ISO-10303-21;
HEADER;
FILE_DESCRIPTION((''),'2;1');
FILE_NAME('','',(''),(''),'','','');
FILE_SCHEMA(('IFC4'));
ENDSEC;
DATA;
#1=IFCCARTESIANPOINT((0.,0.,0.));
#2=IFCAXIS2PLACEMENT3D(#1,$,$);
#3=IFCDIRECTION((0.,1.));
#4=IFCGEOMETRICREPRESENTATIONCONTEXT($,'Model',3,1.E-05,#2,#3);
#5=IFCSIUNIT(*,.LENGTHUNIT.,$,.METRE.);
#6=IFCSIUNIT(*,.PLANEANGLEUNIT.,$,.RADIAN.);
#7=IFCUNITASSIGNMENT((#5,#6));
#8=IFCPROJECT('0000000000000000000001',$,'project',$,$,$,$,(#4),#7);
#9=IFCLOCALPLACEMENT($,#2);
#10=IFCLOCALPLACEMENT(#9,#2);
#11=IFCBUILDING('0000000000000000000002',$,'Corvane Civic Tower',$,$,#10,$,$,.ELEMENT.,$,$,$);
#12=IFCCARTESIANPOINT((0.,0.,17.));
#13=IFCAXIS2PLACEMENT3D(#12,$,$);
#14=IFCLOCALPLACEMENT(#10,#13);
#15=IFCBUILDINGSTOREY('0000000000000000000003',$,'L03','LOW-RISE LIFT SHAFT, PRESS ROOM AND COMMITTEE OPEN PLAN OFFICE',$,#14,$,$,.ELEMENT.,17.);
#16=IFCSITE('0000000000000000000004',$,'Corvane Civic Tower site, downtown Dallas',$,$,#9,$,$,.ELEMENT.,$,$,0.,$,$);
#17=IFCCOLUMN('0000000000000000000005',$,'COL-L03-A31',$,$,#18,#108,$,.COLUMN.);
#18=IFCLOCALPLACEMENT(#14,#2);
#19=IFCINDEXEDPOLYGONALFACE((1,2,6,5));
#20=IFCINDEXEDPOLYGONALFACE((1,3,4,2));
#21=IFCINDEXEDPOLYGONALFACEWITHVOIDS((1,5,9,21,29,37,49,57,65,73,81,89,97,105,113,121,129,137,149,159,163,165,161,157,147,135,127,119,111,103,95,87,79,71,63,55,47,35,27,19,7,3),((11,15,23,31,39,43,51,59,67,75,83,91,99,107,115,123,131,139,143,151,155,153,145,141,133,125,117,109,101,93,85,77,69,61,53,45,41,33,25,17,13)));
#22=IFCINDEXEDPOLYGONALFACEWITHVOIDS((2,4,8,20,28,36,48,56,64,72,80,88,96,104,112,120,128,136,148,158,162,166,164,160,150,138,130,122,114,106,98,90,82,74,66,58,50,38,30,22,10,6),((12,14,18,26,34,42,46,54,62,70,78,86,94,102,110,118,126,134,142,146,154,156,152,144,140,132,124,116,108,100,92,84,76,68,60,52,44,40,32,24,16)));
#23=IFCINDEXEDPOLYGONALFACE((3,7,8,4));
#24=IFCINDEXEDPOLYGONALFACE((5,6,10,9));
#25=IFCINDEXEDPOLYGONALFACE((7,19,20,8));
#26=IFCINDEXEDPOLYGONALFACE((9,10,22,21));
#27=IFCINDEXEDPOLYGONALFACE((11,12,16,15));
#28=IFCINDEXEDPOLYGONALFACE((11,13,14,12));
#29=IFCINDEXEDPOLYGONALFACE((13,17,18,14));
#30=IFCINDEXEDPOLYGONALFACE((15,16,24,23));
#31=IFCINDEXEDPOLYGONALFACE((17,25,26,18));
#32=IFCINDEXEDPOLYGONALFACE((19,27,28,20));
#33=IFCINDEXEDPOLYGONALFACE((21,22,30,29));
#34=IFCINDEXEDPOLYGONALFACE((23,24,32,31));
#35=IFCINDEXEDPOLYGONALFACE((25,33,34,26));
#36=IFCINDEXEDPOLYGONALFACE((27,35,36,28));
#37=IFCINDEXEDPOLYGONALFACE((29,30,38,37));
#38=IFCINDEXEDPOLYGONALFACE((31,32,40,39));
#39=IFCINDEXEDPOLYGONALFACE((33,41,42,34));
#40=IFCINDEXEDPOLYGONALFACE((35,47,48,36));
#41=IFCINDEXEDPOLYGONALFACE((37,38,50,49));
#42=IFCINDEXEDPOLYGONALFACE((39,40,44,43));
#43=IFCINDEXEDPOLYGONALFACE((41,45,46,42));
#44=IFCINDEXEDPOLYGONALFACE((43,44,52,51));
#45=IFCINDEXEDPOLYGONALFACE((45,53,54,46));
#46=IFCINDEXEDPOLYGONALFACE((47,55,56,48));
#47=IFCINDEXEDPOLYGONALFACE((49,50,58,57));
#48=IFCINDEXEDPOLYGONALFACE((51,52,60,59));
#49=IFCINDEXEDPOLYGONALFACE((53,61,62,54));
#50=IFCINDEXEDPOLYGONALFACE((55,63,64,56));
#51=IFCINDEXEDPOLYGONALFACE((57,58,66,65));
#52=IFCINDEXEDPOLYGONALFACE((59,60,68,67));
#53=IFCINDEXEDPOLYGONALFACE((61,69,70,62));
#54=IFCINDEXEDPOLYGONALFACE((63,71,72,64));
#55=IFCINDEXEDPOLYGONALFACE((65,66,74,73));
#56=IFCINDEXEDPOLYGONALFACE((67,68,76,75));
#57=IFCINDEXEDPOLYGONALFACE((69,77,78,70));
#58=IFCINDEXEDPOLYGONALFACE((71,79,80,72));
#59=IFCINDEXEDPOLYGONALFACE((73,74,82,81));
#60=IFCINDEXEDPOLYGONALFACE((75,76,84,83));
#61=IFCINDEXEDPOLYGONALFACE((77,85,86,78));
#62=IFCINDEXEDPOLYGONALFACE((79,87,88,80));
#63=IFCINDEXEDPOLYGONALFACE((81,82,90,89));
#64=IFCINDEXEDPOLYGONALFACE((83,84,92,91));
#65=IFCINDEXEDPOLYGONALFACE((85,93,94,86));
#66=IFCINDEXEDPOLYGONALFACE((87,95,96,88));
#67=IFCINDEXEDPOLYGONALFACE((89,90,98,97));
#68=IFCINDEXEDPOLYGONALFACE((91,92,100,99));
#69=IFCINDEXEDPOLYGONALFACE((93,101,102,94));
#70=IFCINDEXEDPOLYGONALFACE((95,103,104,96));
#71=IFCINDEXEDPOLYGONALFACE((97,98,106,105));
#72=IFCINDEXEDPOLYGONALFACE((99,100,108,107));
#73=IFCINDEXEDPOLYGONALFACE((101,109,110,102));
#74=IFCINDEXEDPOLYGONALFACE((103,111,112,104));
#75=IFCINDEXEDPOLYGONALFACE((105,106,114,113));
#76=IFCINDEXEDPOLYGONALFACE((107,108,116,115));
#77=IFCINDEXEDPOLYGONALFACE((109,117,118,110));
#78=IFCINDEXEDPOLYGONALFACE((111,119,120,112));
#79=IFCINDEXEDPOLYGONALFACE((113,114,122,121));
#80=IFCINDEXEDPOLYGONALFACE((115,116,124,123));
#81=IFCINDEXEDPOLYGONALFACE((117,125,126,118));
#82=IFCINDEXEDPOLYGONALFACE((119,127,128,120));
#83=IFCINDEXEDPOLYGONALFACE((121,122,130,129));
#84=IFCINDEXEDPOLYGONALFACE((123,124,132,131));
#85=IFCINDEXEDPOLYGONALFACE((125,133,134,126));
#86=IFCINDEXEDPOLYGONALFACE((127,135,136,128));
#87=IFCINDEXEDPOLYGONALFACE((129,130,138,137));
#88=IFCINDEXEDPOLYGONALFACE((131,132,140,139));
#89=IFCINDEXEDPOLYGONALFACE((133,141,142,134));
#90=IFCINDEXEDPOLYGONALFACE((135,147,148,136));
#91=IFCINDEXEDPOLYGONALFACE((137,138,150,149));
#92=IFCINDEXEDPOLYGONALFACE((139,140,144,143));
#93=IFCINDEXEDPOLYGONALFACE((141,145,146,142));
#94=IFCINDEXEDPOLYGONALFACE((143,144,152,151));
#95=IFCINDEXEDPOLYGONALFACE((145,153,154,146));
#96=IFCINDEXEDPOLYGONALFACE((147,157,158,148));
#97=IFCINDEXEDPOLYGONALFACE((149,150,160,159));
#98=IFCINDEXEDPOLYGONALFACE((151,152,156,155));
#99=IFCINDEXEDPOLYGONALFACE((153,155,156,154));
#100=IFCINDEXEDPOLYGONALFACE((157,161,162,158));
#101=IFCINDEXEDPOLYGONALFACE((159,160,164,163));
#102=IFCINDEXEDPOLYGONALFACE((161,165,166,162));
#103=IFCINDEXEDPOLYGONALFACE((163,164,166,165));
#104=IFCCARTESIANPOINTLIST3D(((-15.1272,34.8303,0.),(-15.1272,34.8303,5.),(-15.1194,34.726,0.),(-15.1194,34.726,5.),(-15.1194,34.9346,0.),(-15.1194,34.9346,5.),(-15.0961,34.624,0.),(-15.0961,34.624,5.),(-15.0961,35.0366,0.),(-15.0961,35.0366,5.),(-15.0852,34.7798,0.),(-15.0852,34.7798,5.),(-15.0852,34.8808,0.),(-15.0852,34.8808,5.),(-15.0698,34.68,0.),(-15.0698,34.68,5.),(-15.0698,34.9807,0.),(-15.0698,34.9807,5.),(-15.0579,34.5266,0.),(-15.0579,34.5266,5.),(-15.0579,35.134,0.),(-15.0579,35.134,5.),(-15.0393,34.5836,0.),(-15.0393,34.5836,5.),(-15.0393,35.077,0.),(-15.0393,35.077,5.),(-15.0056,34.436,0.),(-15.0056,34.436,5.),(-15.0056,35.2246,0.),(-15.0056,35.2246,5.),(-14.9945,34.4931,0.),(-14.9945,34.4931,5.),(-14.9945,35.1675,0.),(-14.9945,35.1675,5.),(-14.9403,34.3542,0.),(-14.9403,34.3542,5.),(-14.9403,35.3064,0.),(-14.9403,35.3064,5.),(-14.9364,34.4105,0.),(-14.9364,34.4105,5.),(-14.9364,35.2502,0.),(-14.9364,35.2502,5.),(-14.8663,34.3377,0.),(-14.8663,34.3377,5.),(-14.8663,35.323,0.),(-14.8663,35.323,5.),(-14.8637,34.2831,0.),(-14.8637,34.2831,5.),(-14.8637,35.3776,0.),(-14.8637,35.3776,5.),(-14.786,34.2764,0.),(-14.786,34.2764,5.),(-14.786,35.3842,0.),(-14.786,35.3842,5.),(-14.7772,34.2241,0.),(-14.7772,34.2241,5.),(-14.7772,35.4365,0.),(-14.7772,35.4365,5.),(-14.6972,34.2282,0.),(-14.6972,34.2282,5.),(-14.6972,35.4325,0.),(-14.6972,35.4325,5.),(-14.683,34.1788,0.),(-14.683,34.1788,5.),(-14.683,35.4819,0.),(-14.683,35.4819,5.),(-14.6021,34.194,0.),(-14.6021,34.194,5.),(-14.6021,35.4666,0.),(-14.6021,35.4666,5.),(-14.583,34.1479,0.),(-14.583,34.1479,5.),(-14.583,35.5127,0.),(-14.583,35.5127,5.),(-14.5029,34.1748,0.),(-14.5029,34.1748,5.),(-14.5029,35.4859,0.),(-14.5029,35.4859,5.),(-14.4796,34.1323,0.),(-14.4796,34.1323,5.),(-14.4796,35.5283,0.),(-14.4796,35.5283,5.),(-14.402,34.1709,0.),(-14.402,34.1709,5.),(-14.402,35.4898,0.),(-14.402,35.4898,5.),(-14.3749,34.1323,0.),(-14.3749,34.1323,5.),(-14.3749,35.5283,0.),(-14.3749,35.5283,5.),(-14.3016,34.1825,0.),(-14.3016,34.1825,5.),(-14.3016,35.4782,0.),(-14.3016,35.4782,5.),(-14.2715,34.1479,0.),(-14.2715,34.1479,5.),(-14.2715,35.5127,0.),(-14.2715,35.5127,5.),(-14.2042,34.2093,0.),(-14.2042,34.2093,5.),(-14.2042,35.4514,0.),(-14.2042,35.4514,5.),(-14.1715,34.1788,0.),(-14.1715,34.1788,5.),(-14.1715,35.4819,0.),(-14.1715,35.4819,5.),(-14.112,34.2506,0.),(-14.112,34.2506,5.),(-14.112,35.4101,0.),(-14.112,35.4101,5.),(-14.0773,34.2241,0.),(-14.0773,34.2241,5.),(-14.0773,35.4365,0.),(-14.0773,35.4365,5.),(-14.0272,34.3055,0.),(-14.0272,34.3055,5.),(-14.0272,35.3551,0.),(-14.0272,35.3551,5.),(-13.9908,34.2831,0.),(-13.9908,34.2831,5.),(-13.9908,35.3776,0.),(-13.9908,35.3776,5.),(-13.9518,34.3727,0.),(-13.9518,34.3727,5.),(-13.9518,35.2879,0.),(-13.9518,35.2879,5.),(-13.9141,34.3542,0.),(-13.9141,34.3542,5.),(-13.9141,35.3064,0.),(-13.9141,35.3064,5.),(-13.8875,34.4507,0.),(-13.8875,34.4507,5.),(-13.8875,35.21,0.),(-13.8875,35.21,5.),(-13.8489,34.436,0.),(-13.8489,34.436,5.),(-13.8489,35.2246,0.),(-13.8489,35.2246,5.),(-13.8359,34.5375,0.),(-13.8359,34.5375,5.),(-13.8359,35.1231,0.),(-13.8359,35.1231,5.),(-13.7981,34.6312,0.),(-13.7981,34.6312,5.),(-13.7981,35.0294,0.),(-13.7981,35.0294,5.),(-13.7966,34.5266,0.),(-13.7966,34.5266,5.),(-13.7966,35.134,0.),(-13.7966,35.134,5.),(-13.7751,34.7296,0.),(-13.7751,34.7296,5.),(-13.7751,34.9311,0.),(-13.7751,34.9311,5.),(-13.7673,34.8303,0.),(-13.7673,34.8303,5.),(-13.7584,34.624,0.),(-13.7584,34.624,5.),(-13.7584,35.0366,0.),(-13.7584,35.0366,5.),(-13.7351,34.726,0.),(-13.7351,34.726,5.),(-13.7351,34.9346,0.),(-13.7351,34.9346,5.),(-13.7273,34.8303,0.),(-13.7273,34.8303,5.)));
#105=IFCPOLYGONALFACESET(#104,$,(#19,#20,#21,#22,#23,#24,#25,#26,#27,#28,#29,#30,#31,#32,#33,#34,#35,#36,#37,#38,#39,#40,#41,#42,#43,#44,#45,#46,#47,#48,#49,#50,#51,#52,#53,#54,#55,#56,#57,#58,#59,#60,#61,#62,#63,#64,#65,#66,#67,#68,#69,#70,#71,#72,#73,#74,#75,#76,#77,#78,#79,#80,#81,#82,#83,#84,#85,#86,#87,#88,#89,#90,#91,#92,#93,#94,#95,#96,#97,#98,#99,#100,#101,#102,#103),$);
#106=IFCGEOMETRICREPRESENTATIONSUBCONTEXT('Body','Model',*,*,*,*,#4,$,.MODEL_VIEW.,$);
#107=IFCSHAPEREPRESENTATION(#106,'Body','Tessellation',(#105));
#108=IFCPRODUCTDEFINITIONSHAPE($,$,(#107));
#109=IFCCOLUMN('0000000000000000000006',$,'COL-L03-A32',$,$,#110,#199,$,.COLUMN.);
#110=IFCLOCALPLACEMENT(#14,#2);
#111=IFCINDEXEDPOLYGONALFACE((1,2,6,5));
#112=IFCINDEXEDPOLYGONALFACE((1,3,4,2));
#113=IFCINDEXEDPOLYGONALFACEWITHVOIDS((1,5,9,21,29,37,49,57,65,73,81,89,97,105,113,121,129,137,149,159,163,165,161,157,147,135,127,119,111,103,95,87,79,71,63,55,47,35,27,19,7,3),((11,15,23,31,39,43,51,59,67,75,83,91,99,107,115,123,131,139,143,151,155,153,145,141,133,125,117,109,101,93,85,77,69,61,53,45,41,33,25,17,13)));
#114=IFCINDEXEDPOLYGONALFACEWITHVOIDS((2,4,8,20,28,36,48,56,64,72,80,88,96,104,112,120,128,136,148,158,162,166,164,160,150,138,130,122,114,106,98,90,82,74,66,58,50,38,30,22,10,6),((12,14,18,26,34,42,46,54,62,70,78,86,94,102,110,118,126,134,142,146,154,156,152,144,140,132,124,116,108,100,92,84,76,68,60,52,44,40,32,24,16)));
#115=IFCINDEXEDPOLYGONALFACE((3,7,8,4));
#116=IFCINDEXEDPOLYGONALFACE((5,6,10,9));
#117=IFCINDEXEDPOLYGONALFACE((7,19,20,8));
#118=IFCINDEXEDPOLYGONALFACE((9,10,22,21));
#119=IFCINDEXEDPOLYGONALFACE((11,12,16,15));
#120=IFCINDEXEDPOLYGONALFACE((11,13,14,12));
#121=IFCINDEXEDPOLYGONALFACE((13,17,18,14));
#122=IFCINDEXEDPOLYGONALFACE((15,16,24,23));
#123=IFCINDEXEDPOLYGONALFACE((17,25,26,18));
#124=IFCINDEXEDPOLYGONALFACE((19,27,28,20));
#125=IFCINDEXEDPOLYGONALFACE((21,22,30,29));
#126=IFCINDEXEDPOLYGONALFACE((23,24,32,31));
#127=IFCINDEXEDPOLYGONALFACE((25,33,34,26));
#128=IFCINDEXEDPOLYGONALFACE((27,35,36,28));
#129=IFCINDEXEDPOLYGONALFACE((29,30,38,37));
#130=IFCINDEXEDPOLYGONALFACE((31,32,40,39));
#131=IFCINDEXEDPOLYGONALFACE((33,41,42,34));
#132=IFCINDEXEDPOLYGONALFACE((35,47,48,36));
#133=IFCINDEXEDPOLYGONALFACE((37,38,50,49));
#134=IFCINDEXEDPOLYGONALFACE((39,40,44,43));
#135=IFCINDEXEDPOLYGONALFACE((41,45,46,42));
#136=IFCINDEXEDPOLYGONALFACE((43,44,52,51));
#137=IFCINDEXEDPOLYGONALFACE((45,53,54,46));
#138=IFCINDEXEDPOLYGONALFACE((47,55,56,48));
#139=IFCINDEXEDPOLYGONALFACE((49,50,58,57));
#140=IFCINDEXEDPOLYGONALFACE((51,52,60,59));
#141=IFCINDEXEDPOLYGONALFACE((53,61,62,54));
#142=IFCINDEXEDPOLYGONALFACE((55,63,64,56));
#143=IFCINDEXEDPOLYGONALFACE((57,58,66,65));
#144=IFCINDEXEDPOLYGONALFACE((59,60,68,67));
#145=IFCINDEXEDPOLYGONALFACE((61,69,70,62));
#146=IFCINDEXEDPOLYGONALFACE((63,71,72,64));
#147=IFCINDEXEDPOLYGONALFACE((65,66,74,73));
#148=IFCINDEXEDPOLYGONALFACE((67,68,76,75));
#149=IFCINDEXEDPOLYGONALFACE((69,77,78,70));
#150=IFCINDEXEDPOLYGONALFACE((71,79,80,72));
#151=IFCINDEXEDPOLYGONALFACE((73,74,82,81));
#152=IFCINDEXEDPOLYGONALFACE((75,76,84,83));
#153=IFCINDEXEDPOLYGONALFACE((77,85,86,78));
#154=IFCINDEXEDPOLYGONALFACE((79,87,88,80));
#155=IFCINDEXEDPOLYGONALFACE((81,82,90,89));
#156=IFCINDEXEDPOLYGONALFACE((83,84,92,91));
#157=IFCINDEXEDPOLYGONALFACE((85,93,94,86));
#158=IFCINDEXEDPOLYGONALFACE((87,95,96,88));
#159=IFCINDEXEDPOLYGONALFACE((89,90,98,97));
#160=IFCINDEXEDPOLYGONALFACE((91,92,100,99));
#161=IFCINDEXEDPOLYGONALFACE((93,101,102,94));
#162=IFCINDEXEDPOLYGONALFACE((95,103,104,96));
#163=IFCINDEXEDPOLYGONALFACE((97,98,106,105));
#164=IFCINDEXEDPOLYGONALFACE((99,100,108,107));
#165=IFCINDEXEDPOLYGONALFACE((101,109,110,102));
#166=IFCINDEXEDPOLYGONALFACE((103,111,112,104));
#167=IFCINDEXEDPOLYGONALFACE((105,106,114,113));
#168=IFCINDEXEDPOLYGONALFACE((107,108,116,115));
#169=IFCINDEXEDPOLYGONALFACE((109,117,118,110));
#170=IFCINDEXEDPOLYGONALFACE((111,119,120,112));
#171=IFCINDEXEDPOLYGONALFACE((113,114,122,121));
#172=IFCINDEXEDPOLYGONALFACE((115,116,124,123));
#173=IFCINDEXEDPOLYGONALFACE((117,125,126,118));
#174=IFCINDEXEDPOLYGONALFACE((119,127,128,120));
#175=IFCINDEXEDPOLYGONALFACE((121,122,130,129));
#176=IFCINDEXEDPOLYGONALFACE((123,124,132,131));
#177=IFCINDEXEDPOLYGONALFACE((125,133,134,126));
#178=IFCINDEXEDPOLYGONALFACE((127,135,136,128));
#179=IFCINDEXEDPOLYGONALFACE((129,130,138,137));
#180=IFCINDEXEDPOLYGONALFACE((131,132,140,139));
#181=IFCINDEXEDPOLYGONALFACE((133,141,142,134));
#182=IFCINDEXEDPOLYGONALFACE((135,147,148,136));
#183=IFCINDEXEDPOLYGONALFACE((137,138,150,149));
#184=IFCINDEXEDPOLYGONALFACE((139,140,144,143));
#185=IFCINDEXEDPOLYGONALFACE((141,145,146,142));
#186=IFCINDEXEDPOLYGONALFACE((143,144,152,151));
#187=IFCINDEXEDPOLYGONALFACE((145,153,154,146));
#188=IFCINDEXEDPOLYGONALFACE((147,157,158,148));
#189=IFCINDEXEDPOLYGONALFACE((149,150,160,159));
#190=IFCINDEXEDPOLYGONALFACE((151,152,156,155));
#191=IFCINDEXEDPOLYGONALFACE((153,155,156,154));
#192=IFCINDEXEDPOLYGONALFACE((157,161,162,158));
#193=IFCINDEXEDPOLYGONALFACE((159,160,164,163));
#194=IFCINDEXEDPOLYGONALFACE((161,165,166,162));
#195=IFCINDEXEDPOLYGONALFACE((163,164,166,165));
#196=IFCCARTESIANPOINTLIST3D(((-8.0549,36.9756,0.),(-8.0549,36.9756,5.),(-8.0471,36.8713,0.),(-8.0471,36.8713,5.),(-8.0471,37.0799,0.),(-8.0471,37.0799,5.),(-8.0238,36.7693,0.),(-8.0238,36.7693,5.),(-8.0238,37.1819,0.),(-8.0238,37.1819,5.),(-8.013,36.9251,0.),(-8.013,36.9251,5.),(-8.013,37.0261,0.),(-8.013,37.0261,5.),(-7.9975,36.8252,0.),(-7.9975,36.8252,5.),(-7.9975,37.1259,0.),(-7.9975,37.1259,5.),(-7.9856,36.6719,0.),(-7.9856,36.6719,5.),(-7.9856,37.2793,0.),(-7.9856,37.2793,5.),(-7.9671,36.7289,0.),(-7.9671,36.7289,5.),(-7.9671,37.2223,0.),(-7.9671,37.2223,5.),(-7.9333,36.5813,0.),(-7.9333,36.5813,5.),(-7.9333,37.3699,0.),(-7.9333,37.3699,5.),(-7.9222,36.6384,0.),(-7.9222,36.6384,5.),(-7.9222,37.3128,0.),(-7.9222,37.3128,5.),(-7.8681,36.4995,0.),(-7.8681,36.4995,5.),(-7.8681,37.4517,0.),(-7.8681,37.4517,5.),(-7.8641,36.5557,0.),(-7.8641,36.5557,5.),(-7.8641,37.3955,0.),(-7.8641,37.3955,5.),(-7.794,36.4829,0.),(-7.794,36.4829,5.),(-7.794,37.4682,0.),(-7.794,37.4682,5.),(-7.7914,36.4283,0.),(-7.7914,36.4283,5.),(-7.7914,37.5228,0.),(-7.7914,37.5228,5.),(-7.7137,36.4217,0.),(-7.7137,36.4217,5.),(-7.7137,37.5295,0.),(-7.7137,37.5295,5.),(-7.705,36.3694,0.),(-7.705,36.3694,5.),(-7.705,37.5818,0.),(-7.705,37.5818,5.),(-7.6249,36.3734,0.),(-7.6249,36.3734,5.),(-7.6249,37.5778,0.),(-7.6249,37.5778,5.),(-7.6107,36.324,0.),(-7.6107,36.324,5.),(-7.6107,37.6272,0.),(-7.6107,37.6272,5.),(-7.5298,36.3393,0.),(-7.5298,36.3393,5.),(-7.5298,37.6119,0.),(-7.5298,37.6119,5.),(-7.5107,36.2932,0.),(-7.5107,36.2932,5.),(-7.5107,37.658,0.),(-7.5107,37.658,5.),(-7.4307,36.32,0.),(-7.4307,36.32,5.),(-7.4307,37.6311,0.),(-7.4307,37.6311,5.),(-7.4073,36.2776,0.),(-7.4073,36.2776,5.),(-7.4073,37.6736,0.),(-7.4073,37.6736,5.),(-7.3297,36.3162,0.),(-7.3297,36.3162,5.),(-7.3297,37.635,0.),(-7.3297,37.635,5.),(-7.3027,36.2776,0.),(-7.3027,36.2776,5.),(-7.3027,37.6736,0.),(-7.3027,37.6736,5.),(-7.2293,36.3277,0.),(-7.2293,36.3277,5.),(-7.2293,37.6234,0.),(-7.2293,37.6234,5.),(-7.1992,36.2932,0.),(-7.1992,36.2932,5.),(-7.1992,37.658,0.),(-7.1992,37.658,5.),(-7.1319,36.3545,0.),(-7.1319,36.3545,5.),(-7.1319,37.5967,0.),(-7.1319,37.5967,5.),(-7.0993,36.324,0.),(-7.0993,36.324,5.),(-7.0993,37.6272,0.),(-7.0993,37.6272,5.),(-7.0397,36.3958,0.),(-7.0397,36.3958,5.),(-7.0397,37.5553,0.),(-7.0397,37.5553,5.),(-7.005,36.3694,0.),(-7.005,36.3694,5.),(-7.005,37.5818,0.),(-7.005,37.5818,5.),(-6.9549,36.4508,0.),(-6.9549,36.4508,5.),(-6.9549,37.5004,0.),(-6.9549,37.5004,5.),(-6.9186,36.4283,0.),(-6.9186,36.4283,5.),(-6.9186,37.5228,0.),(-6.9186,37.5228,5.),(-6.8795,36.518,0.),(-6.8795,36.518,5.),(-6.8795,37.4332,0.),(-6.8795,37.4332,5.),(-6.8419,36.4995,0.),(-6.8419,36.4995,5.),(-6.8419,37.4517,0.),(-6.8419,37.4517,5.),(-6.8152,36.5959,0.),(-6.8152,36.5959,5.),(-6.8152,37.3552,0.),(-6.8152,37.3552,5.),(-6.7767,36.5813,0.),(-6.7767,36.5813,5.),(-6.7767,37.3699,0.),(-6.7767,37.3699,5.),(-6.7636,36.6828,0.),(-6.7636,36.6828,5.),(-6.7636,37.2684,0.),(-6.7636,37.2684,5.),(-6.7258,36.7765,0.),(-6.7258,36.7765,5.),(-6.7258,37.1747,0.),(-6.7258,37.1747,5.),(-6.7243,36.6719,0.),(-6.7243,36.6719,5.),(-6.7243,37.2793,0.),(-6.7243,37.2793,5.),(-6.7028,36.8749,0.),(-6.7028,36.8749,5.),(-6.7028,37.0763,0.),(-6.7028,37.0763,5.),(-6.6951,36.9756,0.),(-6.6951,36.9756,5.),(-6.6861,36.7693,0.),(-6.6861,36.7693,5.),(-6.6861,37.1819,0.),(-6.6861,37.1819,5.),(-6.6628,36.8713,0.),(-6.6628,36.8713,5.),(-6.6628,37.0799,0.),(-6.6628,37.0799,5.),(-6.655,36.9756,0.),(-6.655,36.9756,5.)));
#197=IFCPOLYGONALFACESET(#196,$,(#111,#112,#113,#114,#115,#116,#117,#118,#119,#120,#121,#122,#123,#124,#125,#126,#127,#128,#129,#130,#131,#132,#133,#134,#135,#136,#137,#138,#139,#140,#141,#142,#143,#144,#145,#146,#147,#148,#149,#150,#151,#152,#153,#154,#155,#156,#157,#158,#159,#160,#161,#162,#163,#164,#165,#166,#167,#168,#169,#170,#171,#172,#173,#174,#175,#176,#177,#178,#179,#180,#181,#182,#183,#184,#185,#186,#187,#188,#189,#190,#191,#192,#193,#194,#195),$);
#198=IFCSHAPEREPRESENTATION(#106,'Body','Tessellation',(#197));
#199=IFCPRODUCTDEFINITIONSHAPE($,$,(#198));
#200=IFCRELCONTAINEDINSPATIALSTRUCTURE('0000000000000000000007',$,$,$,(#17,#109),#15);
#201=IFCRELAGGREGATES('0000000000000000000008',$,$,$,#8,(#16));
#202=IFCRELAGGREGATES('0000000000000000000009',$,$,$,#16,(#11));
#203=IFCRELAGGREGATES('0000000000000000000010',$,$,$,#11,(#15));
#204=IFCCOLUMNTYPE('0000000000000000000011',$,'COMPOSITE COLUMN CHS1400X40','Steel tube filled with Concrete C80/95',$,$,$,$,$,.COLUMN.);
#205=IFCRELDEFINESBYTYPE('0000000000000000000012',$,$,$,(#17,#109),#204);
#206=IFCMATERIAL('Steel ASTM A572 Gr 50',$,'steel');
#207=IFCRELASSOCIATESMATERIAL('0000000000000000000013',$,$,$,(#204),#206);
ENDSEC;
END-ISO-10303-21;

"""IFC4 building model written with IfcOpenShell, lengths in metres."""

from ifc_helpers import new_model, si_unit, direction, frame, origin, origin_2d, place, context, subcontext, project, spatial, hollow_circle, extrude, material, material_profile, profile_set, type_object, element, save


model = new_model("IFC4")

# Units and contexts
model_context = context("Model", 3, precision=1e-05, world=origin(), true_north=direction((0.0, 1.0)))
body_context = subcontext(model_context, "Body", "Model", "MODEL_VIEW")
ifc_project = project(units=[si_unit("LENGTHUNIT", "METRE"), si_unit("PLANEANGLEUNIT", "RADIAN")], contexts=[model_context])

# Site, building, storey
site_placement = place(None, origin())
site = spatial("IfcSite", under=ifc_project, at=site_placement, Name="Corvane Civic Tower site, downtown Dallas", CompositionType="ELEMENT", RefElevation=0.0)
building_placement = place(site_placement, origin())
building = spatial("IfcBuilding", under=site, at=building_placement, Name="Corvane Civic Tower", CompositionType="ELEMENT")
storey_placement = place(building_placement, frame((0.0, 0.0, 17.0)))
storey = spatial("IfcBuildingStorey", under=building, at=storey_placement, Name="L03", Description="LOW-RISE LIFT SHAFT, PRESS ROOM AND COMMITTEE OPEN PLAN OFFICE", CompositionType="ELEMENT", Elevation=17.0)

# Columns
ifc_material_1 = material(Name="Steel ASTM A572 Gr 50", Category="steel")
ifc_material_profile_1 = material_profile(ifc_material_1, hollow_circle(Radius=0.7, WallThickness=0.04, at=origin_2d()), Name="CHS1400X40")
ifc_profile_set_1 = profile_set([ifc_material_profile_1], Name="Steel ASTM A572 Gr 50")
column_type_1 = type_object("IfcColumnType", Name="COMPOSITE COLUMN CHS1400X40", Description="Steel tube filled with Concrete C80/95", PredefinedType="COLUMN", material=ifc_profile_set_1)
for number, where, z_axis, x_axis, name in (
    (1, (-14.4272, 34.8303, 0.0), (0.0, 0.0, 1.0), (1.0, 0.0, 0.0), "COL-L03-A31"),
    (2, (-7.355, 36.9756, 0.0), (0.0, 0.0, 1.0), (1.0, 0.0, 0.0), "COL-L03-A32"),
):
    element("IfcColumn", number, at=place(storey_placement, frame(where, z_axis=z_axis, x_axis=x_axis)), inside=storey, type_object=column_type_1, Name=name, PredefinedType="COLUMN", context=body_context, shape_type="SweptSolid", body=[
        extrude(hollow_circle(Radius=0.7, WallThickness=0.04, at=origin_2d()), origin(), (0.0, 0.0, 1.0), 5.0),
    ])

save(model, "model.ifc")
